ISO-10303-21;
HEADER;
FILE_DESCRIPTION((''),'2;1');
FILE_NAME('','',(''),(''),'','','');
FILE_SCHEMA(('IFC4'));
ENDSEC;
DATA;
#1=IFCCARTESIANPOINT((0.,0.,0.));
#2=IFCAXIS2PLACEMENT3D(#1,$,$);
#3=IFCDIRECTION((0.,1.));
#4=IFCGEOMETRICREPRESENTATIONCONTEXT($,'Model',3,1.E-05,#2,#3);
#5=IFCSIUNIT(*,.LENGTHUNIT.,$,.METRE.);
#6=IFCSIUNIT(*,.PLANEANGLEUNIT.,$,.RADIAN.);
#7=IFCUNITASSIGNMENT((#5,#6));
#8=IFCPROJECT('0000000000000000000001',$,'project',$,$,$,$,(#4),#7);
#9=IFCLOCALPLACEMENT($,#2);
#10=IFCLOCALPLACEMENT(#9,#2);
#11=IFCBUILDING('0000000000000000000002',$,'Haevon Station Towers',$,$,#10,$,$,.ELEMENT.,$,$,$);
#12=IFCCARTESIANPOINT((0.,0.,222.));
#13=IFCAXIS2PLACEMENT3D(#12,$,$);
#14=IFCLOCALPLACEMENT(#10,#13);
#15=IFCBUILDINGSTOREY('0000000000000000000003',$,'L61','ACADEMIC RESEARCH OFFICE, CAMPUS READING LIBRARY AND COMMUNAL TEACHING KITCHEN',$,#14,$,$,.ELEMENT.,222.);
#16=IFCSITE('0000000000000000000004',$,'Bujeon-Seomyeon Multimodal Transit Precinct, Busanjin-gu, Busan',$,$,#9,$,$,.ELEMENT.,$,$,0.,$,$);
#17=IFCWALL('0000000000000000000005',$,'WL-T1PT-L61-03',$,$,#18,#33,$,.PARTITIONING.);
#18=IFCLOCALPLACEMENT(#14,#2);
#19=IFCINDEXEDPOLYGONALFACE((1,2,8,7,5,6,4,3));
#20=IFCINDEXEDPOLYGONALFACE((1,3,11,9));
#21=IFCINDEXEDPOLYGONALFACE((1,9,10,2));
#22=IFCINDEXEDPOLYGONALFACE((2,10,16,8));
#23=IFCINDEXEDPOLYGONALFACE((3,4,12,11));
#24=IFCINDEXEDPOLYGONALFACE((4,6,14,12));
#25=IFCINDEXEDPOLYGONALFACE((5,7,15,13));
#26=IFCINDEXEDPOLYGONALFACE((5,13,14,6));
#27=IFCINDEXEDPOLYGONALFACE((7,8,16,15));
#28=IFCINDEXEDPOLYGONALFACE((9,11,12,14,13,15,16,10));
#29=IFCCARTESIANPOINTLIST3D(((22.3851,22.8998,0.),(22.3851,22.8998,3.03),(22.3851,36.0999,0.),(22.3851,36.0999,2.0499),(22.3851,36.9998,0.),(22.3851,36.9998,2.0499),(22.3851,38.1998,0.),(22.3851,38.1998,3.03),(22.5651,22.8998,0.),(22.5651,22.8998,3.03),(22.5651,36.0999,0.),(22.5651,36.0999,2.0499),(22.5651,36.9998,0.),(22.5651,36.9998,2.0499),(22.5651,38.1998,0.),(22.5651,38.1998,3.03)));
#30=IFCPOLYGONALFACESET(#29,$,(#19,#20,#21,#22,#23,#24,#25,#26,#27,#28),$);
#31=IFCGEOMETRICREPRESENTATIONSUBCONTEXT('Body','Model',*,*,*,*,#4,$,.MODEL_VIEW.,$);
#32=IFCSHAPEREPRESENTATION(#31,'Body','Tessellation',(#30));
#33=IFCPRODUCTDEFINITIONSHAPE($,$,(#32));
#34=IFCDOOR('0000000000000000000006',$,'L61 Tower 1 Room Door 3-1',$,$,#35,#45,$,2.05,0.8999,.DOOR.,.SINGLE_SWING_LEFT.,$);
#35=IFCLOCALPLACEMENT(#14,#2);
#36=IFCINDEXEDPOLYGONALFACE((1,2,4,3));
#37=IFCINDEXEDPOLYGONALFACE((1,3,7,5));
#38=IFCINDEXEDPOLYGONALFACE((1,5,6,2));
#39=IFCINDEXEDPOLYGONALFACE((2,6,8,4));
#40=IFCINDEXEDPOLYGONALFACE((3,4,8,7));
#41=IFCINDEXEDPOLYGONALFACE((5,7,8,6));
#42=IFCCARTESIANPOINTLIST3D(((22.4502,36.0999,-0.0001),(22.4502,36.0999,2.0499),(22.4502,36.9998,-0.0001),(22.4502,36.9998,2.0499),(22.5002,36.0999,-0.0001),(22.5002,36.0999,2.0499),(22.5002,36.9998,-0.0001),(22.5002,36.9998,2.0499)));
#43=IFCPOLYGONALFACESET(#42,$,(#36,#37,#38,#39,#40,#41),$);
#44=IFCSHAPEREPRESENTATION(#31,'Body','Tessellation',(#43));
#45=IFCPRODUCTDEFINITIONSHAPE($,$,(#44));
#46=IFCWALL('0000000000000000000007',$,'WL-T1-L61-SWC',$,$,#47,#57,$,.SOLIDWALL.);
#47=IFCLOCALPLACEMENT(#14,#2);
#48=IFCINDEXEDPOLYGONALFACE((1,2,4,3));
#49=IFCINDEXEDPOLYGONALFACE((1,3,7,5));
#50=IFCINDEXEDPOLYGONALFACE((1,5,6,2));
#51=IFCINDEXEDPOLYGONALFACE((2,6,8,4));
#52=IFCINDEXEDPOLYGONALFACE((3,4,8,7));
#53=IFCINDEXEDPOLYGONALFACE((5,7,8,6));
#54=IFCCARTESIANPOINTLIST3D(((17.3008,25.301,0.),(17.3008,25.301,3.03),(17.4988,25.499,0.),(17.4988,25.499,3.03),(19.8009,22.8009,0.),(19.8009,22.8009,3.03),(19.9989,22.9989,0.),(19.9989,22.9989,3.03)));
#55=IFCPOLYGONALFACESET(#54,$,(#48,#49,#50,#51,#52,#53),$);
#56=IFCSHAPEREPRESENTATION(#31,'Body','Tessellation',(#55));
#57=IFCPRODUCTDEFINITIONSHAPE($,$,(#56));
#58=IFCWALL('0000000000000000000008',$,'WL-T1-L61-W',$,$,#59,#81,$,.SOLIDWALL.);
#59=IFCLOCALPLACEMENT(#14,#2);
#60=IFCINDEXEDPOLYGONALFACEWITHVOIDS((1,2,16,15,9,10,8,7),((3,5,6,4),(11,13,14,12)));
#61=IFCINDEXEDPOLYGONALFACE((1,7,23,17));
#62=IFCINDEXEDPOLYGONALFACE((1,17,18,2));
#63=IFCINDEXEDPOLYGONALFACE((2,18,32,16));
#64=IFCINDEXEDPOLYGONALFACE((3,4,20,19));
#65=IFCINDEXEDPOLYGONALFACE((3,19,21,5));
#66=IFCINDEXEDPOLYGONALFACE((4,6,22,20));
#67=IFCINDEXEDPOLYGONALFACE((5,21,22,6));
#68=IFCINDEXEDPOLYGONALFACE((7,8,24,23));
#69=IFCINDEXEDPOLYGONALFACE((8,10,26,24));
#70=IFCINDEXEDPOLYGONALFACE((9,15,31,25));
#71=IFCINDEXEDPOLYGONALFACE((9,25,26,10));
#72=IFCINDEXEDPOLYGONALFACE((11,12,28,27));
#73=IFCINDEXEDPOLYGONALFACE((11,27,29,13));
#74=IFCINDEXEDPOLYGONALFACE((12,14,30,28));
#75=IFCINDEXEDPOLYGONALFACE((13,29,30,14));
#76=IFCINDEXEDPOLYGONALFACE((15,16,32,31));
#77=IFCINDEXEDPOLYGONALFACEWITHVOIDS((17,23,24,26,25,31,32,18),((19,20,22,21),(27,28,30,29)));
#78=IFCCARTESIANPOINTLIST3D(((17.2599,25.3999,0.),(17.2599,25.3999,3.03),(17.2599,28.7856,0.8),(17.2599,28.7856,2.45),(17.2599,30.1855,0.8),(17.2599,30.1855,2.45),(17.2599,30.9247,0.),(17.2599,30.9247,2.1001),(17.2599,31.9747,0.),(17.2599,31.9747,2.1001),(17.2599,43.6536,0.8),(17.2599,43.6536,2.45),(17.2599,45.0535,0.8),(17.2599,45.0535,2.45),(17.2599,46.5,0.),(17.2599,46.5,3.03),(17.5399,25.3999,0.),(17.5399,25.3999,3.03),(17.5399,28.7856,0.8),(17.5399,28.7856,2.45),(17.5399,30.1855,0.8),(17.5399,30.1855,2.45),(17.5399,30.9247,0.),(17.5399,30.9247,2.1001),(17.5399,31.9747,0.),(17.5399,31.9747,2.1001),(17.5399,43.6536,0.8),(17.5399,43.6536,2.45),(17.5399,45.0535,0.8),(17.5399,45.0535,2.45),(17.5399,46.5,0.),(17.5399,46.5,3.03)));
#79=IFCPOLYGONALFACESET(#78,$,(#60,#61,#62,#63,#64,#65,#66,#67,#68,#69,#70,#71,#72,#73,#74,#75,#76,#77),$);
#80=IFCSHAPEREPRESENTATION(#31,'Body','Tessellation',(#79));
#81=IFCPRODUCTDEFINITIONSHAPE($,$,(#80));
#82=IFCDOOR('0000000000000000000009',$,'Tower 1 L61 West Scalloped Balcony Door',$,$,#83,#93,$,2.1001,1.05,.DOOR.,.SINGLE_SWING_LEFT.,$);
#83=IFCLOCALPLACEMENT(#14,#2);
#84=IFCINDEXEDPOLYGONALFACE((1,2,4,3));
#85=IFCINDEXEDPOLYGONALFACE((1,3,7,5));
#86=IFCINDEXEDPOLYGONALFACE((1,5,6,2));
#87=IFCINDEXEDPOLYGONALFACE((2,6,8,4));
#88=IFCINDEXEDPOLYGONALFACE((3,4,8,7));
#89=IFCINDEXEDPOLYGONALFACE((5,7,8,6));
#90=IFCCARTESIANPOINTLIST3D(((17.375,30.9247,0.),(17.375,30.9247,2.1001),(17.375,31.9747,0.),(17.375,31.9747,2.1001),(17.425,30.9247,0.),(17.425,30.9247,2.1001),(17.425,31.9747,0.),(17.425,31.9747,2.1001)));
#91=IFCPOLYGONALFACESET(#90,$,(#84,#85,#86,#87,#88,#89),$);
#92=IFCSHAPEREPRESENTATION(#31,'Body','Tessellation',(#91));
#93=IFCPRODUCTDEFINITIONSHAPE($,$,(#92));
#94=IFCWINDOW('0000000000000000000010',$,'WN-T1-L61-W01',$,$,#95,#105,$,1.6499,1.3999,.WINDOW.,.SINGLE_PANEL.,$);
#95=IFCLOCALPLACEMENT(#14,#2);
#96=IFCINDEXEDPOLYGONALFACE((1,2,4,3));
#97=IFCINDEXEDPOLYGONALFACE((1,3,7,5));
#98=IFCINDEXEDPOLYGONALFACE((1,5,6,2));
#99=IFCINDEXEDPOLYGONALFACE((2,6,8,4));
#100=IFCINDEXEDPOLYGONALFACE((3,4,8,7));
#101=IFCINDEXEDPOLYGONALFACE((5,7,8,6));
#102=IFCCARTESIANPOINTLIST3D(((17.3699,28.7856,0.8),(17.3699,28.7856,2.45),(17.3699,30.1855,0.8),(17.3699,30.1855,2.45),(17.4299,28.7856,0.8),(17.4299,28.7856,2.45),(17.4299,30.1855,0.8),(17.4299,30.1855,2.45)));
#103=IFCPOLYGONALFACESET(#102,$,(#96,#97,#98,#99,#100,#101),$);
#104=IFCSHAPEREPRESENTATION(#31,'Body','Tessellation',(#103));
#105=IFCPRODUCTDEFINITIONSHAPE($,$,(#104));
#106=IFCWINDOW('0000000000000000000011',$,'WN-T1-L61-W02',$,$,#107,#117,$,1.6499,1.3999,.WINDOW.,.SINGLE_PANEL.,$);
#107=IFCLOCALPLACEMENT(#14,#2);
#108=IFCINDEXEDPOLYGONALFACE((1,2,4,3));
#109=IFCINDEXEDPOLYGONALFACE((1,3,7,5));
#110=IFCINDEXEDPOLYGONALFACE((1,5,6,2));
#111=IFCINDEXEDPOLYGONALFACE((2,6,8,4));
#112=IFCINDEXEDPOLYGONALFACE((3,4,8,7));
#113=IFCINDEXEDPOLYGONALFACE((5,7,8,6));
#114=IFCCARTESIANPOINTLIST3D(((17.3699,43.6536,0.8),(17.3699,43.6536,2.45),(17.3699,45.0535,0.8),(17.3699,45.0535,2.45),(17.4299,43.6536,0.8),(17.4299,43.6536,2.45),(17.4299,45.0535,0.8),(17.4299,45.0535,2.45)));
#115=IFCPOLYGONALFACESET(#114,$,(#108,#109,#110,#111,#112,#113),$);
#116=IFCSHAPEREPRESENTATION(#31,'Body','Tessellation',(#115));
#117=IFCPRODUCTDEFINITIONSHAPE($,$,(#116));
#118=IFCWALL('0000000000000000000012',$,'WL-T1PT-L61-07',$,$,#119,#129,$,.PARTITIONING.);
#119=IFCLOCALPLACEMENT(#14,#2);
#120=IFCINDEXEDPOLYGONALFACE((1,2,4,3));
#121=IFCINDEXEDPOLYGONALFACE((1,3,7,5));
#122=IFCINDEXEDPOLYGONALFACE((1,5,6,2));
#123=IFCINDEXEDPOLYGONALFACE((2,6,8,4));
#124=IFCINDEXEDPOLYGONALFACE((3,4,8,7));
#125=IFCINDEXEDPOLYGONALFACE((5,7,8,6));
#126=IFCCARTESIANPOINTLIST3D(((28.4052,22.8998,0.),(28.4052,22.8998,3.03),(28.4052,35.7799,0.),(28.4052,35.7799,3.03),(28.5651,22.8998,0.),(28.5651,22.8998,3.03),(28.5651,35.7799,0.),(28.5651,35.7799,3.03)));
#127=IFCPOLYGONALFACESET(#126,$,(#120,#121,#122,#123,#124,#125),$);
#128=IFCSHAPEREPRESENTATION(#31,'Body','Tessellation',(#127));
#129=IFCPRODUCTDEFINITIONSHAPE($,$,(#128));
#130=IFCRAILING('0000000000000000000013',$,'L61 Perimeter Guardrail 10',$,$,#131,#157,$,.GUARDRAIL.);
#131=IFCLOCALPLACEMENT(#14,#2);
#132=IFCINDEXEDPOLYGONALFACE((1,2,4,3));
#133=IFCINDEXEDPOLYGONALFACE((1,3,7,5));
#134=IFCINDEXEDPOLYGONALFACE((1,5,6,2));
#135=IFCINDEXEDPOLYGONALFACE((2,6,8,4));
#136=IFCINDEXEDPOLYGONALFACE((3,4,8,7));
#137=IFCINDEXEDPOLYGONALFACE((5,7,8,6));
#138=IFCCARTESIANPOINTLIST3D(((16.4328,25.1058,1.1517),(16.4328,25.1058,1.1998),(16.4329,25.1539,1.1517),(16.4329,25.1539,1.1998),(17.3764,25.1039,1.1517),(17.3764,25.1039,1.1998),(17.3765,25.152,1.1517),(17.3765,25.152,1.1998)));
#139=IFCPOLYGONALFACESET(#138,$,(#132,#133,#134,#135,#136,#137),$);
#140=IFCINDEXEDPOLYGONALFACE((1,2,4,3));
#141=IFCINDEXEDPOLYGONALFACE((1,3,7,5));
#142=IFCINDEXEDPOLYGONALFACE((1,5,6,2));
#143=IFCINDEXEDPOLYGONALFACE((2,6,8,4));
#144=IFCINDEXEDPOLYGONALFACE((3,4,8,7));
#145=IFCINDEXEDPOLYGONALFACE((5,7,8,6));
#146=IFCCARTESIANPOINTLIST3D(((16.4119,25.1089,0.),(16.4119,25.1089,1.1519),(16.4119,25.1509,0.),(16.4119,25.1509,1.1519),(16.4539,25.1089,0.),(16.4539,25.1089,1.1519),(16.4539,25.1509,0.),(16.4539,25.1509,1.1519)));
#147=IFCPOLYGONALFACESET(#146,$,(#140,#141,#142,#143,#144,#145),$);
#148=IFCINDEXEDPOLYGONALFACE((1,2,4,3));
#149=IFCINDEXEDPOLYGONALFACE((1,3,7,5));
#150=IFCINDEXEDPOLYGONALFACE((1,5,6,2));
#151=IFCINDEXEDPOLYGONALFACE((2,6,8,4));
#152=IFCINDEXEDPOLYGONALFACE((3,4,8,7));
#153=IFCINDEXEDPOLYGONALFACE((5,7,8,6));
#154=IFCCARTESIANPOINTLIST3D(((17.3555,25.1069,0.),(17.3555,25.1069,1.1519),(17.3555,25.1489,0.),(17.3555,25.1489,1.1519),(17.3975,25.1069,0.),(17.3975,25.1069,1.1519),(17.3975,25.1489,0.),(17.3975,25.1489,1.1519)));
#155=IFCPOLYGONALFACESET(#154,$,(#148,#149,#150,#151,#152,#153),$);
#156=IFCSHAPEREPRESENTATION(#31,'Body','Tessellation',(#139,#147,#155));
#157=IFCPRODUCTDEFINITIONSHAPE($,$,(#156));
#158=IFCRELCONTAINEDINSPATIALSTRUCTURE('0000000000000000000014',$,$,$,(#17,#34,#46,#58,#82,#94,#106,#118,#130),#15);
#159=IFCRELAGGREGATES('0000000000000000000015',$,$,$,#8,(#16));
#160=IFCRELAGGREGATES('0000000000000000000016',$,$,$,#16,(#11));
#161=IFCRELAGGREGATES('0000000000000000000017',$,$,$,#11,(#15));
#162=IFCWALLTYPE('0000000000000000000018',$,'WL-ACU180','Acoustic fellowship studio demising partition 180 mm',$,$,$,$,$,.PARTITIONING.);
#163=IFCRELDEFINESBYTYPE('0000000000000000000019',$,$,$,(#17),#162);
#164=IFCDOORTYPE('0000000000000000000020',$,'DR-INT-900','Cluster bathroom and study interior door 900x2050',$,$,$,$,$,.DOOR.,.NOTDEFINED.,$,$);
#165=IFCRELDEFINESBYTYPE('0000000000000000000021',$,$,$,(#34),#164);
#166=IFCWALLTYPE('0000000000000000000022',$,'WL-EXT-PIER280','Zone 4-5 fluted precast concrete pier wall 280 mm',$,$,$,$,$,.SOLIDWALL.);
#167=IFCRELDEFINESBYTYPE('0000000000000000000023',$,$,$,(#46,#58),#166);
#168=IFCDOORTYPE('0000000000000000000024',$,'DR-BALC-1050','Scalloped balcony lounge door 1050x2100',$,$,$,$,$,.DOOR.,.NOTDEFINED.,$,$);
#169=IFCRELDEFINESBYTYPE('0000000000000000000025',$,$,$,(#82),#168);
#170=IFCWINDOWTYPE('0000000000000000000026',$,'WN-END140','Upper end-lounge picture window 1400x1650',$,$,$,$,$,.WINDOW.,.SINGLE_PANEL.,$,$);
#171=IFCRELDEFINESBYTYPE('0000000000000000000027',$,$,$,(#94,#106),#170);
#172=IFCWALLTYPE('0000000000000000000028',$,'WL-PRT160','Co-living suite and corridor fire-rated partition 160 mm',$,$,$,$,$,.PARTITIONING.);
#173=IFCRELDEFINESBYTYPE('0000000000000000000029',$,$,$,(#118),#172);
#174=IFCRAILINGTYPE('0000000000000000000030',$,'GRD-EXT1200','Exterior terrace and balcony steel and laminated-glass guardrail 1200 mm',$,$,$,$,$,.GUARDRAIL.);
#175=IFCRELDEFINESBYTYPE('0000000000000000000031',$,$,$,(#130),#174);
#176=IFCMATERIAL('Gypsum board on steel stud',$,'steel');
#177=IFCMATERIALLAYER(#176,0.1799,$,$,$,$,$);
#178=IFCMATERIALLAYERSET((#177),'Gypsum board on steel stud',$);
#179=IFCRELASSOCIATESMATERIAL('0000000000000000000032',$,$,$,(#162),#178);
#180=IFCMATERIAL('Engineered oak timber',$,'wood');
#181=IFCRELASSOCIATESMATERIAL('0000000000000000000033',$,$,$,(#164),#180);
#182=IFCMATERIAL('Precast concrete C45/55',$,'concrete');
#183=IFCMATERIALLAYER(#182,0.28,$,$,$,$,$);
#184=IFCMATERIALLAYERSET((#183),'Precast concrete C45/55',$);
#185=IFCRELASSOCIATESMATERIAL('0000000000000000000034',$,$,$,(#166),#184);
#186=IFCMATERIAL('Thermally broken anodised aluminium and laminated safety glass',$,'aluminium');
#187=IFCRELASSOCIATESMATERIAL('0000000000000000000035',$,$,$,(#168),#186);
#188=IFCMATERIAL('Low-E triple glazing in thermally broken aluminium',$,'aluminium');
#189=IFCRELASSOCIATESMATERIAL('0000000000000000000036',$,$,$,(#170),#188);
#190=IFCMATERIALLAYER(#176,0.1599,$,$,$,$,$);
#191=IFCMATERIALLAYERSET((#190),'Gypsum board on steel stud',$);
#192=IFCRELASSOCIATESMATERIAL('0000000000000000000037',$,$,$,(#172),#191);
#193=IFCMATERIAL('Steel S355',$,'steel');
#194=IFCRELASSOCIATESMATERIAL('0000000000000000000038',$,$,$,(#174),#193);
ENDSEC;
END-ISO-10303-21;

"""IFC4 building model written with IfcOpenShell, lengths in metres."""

from ifc_helpers import new_model, si_unit, direction, frame, frame_2d, origin, origin_2d, place, context, subcontext, project, spatial, rectangle, extrude, material, layer, layer_set, type_object, element, fill, save


model = new_model("IFC4")

# Units and contexts
model_context = context("Model", 3, precision=1e-05, world=origin(), true_north=direction((0.0, 1.0)))
body_context = subcontext(model_context, "Body", "Model", "MODEL_VIEW")
ifc_project = project(units=[si_unit("LENGTHUNIT", "METRE"), si_unit("PLANEANGLEUNIT", "RADIAN")], contexts=[model_context])

# Site, building, storey
site_placement = place(None, origin())
site = spatial("IfcSite", under=ifc_project, at=site_placement, Name="Bujeon-Seomyeon Multimodal Transit Precinct, Busanjin-gu, Busan", CompositionType="ELEMENT", RefElevation=0.0)
building_placement = place(site_placement, origin())
building = spatial("IfcBuilding", under=site, at=building_placement, Name="Haevon Station Towers", CompositionType="ELEMENT")
storey_placement = place(building_placement, frame((0.0, 0.0, 222.0)))
storey = spatial("IfcBuildingStorey", under=building, at=storey_placement, Name="L61", Description="ACADEMIC RESEARCH OFFICE, CAMPUS READING LIBRARY AND COMMUNAL TEACHING KITCHEN", CompositionType="ELEMENT", Elevation=222.0)

# Shared definitions
ifc_material_1 = material(Name="Steel S355", Category="steel")

# Wall, opening, door
ifc_material_2 = material(Name="Gypsum board on steel stud", Category="steel")
ifc_layer_1 = layer(ifc_material_2, 0.1799)
ifc_layer_set_1 = layer_set([ifc_layer_1], Name="Gypsum board on steel stud")
wall_type_1 = type_object("IfcWallType", Name="WL-ACU180", Description="Acoustic fellowship studio demising partition 180 mm", PredefinedType="PARTITIONING", material=ifc_layer_set_1)
wall_1_placement = place(storey_placement, frame((22.4751, 22.8999, 0.0), z_axis=(0.0, 0.0, 1.0), x_axis=(0.0, 1.0, 0.0)))
wall_1 = element("IfcWall", 1, at=wall_1_placement, inside=storey, type_object=wall_type_1, Name="WL-T1PT-L61-03", PredefinedType="PARTITIONING", context=body_context, shape_type="SweptSolid", body=[
    extrude(rectangle(XDim=15.3, YDim=0.1799, at=frame_2d((7.6499, 0.0))), origin(), (0.0, 0.0, 1.0), 3.03),
])
opening_1_placement = place(wall_1_placement, frame((13.2, 0.0, 0.0)))
opening_1 = element("IfcOpeningElement", 2, at=opening_1_placement, cuts=wall_1, PredefinedType="OPENING", context=body_context, shape_type="SweptSolid", body=[
    extrude(rectangle(XDim=0.8999, YDim=2.05, at=frame_2d((0.45, 1.0249))), frame((0.0, 0.0999, 0.0), z_axis=(0.0, -1.0, 0.0), x_axis=(1.0, 0.0, 0.0)), (0.0, 0.0, 1.0), 0.2),
])
ifc_material_3 = material(Name="Engineered oak timber", Category="wood")
door_type_1 = type_object("IfcDoorType", Name="DR-INT-900", Description="Cluster bathroom and study interior door 900x2050", OperationType="NOTDEFINED", PredefinedType="DOOR", material=ifc_material_3)
door_1_placement = place(opening_1_placement, origin())
door_1 = element("IfcDoor", 3, at=door_1_placement, inside=storey, type_object=door_type_1, Name="L61 Tower 1 Room Door 3-1", OperationType="SINGLE_SWING_LEFT", OverallHeight=2.05, OverallWidth=0.8999, PredefinedType="DOOR", context=body_context, shape_type="SweptSolid", body=[
    extrude(rectangle(XDim=0.8999, YDim=2.05, at=frame_2d((0.45, 1.0249))), frame((0.0, 0.0249, 0.0), z_axis=(0.0, -1.0, 0.0), x_axis=(1.0, 0.0, 0.0)), (0.0, 0.0, 1.0), 0.05),
])
fill(opening_1, door_1)

# Wall
ifc_material_4 = material(Name="Precast concrete C45/55", Category="concrete")
ifc_layer_2 = layer(ifc_material_4, 0.28)
ifc_layer_set_2 = layer_set([ifc_layer_2], Name="Precast concrete C45/55")
wall_type_2 = type_object("IfcWallType", Name="WL-EXT-PIER280", Description="Zone 4-5 fluted precast concrete pier wall 280 mm", PredefinedType="SOLIDWALL", material=ifc_layer_set_2)
wall_2_placement = place(storey_placement, frame((19.8999, 22.8999, 0.0), z_axis=(0.0, 0.0, 1.0), x_axis=(-0.707107, 0.707107, 0.0)))
element("IfcWall", 4, at=wall_2_placement, inside=storey, type_object=wall_type_2, Name="WL-T1-L61-SWC", PredefinedType="SOLIDWALL", context=body_context, shape_type="SweptSolid", body=[
    extrude(rectangle(XDim=3.5356, YDim=0.28, at=frame_2d((1.7678, 0.0))), origin(), (0.0, 0.0, 1.0), 3.03),
])

# Wall, openings, door, windows
wall_3_placement = place(storey_placement, frame((17.3999, 25.3999, 0.0), z_axis=(0.0, 0.0, 1.0), x_axis=(0.0, 1.0, 0.0)))
wall_3 = element("IfcWall", 5, at=wall_3_placement, inside=storey, type_object=wall_type_2, Name="WL-T1-L61-W", PredefinedType="SOLIDWALL", context=body_context, shape_type="SweptSolid", body=[
    extrude(rectangle(XDim=21.1001, YDim=0.28, at=frame_2d((10.55, 0.0))), origin(), (0.0, 0.0, 1.0), 3.03),
])
opening_2_placement = place(wall_3_placement, frame((5.5249, 0.0, 0.0)))
opening_2 = element("IfcOpeningElement", 6, at=opening_2_placement, cuts=wall_3, PredefinedType="OPENING", context=body_context, shape_type="SweptSolid", body=[
    extrude(rectangle(XDim=1.05, YDim=2.1001, at=frame_2d((0.5249, 1.05))), frame((0.0, 0.1499, 0.0), z_axis=(0.0, -1.0, 0.0), x_axis=(1.0, 0.0, 0.0)), (0.0, 0.0, 1.0), 0.3),
])
opening_3_placement = place(wall_3_placement, frame((3.3857, 0.0, 0.8)))
opening_3 = element("IfcOpeningElement", 7, at=opening_3_placement, cuts=wall_3, PredefinedType="OPENING", context=body_context, shape_type="SweptSolid", body=[
    extrude(rectangle(XDim=1.3999, YDim=1.6499, at=frame_2d((0.7, 0.825))), frame((0.0, 0.1499, 0.0), z_axis=(0.0, -1.0, 0.0), x_axis=(1.0, 0.0, 0.0)), (0.0, 0.0, 1.0), 0.3),
])
opening_4_placement = place(wall_3_placement, frame((18.2537, 0.0, 0.8)))
opening_4 = element("IfcOpeningElement", 8, at=opening_4_placement, cuts=wall_3, PredefinedType="OPENING", context=body_context, shape_type="SweptSolid", body=[
    extrude(rectangle(XDim=1.3999, YDim=1.6499, at=frame_2d((0.7, 0.825))), frame((0.0, 0.1499, 0.0), z_axis=(0.0, -1.0, 0.0), x_axis=(1.0, 0.0, 0.0)), (0.0, 0.0, 1.0), 0.3),
])
ifc_material_5 = material(Name="Thermally broken anodised aluminium and laminated safety glass", Category="aluminium")
door_type_2 = type_object("IfcDoorType", Name="DR-BALC-1050", Description="Scalloped balcony lounge door 1050x2100", OperationType="NOTDEFINED", PredefinedType="DOOR", material=ifc_material_5)
door_2_placement = place(opening_2_placement, origin())
door_2 = element("IfcDoor", 9, at=door_2_placement, inside=storey, type_object=door_type_2, Name="Tower 1 L61 West Scalloped Balcony Door", OperationType="SINGLE_SWING_LEFT", OverallHeight=2.1001, OverallWidth=1.05, PredefinedType="DOOR", context=body_context, shape_type="SweptSolid", body=[
    extrude(rectangle(XDim=1.05, YDim=2.1001, at=frame_2d((0.5249, 1.05))), frame((0.0, 0.0249, 0.0), z_axis=(0.0, -1.0, 0.0), x_axis=(1.0, 0.0, 0.0)), (0.0, 0.0, 1.0), 0.05),
])
fill(opening_2, door_2)
ifc_material_6 = material(Name="Low-E triple glazing in thermally broken aluminium", Category="aluminium")
window_type = type_object("IfcWindowType", Name="WN-END140", Description="Upper end-lounge picture window 1400x1650", PartitioningType="SINGLE_PANEL", PredefinedType="WINDOW", material=ifc_material_6)
window_1_placement = place(opening_3_placement, origin())
window_1 = element("IfcWindow", 10, at=window_1_placement, inside=storey, type_object=window_type, Name="WN-T1-L61-W01", OverallHeight=1.6499, OverallWidth=1.3999, PartitioningType="SINGLE_PANEL", PredefinedType="WINDOW", context=body_context, shape_type="SweptSolid", body=[
    extrude(rectangle(XDim=1.3999, YDim=1.6499, at=frame_2d((0.7, 0.825))), frame((0.0, 0.03, 0.0), z_axis=(0.0, -1.0, 0.0), x_axis=(1.0, 0.0, 0.0)), (0.0, 0.0, 1.0), 0.0601),
])
fill(opening_3, window_1)
window_2_placement = place(opening_4_placement, origin())
window_2 = element("IfcWindow", 11, at=window_2_placement, inside=storey, type_object=window_type, Name="WN-T1-L61-W02", OverallHeight=1.6499, OverallWidth=1.3999, PartitioningType="SINGLE_PANEL", PredefinedType="WINDOW", context=body_context, shape_type="SweptSolid", body=[
    extrude(rectangle(XDim=1.3999, YDim=1.6499, at=frame_2d((0.7, 0.825))), frame((0.0, 0.03, 0.0), z_axis=(0.0, -1.0, 0.0), x_axis=(1.0, 0.0, 0.0)), (0.0, 0.0, 1.0), 0.0601),
])
fill(opening_4, window_2)

# Wall
ifc_layer_3 = layer(ifc_material_2, 0.1599)
ifc_layer_set_3 = layer_set([ifc_layer_3], Name="Gypsum board on steel stud")
wall_type_3 = type_object("IfcWallType", Name="WL-PRT160", Description="Co-living suite and corridor fire-rated partition 160 mm", PredefinedType="PARTITIONING", material=ifc_layer_set_3)
wall_4_placement = place(storey_placement, frame((28.4851, 22.8999, 0.0), z_axis=(0.0, 0.0, 1.0), x_axis=(0.0, 1.0, 0.0)))
element("IfcWall", 12, at=wall_4_placement, inside=storey, type_object=wall_type_3, Name="WL-T1PT-L61-07", PredefinedType="PARTITIONING", context=body_context, shape_type="SweptSolid", body=[
    extrude(rectangle(XDim=12.8801, YDim=0.1599, at=frame_2d((6.4399, 0.0))), origin(), (0.0, 0.0, 1.0), 3.03),
])

# Railing
railing_type = type_object("IfcRailingType", Name="GRD-EXT1200", Description="Exterior terrace and balcony steel and laminated-glass guardrail 1200 mm", PredefinedType="GUARDRAIL", material=ifc_material_1)
railing_placement = place(storey_placement, frame((16.4329, 25.1299, 0.0)))
element("IfcRailing", 13, at=railing_placement, inside=storey, type_object=railing_type, Name="L61 Perimeter Guardrail 10", PredefinedType="GUARDRAIL", context=body_context, shape_type="SweptSolid", body=[
    extrude(rectangle(XDim=0.0481, YDim=0.0481, at=origin_2d()), frame((0.0, 0.0, 1.1758), z_axis=(0.999998, -0.00207, 0.0), x_axis=(0.00207, 0.999998, 0.0)), (0.0, 0.0, 1.0), 0.9436),
    extrude(rectangle(XDim=0.042, YDim=0.042, at=origin_2d()), origin(), (0.0, 0.0, 1.0), 1.1519),
    extrude(rectangle(XDim=0.042, YDim=0.042, at=origin_2d()), frame((0.9436, -0.002, 0.0)), (0.0, 0.0, 1.0), 1.1519),
])

save(model, "model.ifc")
